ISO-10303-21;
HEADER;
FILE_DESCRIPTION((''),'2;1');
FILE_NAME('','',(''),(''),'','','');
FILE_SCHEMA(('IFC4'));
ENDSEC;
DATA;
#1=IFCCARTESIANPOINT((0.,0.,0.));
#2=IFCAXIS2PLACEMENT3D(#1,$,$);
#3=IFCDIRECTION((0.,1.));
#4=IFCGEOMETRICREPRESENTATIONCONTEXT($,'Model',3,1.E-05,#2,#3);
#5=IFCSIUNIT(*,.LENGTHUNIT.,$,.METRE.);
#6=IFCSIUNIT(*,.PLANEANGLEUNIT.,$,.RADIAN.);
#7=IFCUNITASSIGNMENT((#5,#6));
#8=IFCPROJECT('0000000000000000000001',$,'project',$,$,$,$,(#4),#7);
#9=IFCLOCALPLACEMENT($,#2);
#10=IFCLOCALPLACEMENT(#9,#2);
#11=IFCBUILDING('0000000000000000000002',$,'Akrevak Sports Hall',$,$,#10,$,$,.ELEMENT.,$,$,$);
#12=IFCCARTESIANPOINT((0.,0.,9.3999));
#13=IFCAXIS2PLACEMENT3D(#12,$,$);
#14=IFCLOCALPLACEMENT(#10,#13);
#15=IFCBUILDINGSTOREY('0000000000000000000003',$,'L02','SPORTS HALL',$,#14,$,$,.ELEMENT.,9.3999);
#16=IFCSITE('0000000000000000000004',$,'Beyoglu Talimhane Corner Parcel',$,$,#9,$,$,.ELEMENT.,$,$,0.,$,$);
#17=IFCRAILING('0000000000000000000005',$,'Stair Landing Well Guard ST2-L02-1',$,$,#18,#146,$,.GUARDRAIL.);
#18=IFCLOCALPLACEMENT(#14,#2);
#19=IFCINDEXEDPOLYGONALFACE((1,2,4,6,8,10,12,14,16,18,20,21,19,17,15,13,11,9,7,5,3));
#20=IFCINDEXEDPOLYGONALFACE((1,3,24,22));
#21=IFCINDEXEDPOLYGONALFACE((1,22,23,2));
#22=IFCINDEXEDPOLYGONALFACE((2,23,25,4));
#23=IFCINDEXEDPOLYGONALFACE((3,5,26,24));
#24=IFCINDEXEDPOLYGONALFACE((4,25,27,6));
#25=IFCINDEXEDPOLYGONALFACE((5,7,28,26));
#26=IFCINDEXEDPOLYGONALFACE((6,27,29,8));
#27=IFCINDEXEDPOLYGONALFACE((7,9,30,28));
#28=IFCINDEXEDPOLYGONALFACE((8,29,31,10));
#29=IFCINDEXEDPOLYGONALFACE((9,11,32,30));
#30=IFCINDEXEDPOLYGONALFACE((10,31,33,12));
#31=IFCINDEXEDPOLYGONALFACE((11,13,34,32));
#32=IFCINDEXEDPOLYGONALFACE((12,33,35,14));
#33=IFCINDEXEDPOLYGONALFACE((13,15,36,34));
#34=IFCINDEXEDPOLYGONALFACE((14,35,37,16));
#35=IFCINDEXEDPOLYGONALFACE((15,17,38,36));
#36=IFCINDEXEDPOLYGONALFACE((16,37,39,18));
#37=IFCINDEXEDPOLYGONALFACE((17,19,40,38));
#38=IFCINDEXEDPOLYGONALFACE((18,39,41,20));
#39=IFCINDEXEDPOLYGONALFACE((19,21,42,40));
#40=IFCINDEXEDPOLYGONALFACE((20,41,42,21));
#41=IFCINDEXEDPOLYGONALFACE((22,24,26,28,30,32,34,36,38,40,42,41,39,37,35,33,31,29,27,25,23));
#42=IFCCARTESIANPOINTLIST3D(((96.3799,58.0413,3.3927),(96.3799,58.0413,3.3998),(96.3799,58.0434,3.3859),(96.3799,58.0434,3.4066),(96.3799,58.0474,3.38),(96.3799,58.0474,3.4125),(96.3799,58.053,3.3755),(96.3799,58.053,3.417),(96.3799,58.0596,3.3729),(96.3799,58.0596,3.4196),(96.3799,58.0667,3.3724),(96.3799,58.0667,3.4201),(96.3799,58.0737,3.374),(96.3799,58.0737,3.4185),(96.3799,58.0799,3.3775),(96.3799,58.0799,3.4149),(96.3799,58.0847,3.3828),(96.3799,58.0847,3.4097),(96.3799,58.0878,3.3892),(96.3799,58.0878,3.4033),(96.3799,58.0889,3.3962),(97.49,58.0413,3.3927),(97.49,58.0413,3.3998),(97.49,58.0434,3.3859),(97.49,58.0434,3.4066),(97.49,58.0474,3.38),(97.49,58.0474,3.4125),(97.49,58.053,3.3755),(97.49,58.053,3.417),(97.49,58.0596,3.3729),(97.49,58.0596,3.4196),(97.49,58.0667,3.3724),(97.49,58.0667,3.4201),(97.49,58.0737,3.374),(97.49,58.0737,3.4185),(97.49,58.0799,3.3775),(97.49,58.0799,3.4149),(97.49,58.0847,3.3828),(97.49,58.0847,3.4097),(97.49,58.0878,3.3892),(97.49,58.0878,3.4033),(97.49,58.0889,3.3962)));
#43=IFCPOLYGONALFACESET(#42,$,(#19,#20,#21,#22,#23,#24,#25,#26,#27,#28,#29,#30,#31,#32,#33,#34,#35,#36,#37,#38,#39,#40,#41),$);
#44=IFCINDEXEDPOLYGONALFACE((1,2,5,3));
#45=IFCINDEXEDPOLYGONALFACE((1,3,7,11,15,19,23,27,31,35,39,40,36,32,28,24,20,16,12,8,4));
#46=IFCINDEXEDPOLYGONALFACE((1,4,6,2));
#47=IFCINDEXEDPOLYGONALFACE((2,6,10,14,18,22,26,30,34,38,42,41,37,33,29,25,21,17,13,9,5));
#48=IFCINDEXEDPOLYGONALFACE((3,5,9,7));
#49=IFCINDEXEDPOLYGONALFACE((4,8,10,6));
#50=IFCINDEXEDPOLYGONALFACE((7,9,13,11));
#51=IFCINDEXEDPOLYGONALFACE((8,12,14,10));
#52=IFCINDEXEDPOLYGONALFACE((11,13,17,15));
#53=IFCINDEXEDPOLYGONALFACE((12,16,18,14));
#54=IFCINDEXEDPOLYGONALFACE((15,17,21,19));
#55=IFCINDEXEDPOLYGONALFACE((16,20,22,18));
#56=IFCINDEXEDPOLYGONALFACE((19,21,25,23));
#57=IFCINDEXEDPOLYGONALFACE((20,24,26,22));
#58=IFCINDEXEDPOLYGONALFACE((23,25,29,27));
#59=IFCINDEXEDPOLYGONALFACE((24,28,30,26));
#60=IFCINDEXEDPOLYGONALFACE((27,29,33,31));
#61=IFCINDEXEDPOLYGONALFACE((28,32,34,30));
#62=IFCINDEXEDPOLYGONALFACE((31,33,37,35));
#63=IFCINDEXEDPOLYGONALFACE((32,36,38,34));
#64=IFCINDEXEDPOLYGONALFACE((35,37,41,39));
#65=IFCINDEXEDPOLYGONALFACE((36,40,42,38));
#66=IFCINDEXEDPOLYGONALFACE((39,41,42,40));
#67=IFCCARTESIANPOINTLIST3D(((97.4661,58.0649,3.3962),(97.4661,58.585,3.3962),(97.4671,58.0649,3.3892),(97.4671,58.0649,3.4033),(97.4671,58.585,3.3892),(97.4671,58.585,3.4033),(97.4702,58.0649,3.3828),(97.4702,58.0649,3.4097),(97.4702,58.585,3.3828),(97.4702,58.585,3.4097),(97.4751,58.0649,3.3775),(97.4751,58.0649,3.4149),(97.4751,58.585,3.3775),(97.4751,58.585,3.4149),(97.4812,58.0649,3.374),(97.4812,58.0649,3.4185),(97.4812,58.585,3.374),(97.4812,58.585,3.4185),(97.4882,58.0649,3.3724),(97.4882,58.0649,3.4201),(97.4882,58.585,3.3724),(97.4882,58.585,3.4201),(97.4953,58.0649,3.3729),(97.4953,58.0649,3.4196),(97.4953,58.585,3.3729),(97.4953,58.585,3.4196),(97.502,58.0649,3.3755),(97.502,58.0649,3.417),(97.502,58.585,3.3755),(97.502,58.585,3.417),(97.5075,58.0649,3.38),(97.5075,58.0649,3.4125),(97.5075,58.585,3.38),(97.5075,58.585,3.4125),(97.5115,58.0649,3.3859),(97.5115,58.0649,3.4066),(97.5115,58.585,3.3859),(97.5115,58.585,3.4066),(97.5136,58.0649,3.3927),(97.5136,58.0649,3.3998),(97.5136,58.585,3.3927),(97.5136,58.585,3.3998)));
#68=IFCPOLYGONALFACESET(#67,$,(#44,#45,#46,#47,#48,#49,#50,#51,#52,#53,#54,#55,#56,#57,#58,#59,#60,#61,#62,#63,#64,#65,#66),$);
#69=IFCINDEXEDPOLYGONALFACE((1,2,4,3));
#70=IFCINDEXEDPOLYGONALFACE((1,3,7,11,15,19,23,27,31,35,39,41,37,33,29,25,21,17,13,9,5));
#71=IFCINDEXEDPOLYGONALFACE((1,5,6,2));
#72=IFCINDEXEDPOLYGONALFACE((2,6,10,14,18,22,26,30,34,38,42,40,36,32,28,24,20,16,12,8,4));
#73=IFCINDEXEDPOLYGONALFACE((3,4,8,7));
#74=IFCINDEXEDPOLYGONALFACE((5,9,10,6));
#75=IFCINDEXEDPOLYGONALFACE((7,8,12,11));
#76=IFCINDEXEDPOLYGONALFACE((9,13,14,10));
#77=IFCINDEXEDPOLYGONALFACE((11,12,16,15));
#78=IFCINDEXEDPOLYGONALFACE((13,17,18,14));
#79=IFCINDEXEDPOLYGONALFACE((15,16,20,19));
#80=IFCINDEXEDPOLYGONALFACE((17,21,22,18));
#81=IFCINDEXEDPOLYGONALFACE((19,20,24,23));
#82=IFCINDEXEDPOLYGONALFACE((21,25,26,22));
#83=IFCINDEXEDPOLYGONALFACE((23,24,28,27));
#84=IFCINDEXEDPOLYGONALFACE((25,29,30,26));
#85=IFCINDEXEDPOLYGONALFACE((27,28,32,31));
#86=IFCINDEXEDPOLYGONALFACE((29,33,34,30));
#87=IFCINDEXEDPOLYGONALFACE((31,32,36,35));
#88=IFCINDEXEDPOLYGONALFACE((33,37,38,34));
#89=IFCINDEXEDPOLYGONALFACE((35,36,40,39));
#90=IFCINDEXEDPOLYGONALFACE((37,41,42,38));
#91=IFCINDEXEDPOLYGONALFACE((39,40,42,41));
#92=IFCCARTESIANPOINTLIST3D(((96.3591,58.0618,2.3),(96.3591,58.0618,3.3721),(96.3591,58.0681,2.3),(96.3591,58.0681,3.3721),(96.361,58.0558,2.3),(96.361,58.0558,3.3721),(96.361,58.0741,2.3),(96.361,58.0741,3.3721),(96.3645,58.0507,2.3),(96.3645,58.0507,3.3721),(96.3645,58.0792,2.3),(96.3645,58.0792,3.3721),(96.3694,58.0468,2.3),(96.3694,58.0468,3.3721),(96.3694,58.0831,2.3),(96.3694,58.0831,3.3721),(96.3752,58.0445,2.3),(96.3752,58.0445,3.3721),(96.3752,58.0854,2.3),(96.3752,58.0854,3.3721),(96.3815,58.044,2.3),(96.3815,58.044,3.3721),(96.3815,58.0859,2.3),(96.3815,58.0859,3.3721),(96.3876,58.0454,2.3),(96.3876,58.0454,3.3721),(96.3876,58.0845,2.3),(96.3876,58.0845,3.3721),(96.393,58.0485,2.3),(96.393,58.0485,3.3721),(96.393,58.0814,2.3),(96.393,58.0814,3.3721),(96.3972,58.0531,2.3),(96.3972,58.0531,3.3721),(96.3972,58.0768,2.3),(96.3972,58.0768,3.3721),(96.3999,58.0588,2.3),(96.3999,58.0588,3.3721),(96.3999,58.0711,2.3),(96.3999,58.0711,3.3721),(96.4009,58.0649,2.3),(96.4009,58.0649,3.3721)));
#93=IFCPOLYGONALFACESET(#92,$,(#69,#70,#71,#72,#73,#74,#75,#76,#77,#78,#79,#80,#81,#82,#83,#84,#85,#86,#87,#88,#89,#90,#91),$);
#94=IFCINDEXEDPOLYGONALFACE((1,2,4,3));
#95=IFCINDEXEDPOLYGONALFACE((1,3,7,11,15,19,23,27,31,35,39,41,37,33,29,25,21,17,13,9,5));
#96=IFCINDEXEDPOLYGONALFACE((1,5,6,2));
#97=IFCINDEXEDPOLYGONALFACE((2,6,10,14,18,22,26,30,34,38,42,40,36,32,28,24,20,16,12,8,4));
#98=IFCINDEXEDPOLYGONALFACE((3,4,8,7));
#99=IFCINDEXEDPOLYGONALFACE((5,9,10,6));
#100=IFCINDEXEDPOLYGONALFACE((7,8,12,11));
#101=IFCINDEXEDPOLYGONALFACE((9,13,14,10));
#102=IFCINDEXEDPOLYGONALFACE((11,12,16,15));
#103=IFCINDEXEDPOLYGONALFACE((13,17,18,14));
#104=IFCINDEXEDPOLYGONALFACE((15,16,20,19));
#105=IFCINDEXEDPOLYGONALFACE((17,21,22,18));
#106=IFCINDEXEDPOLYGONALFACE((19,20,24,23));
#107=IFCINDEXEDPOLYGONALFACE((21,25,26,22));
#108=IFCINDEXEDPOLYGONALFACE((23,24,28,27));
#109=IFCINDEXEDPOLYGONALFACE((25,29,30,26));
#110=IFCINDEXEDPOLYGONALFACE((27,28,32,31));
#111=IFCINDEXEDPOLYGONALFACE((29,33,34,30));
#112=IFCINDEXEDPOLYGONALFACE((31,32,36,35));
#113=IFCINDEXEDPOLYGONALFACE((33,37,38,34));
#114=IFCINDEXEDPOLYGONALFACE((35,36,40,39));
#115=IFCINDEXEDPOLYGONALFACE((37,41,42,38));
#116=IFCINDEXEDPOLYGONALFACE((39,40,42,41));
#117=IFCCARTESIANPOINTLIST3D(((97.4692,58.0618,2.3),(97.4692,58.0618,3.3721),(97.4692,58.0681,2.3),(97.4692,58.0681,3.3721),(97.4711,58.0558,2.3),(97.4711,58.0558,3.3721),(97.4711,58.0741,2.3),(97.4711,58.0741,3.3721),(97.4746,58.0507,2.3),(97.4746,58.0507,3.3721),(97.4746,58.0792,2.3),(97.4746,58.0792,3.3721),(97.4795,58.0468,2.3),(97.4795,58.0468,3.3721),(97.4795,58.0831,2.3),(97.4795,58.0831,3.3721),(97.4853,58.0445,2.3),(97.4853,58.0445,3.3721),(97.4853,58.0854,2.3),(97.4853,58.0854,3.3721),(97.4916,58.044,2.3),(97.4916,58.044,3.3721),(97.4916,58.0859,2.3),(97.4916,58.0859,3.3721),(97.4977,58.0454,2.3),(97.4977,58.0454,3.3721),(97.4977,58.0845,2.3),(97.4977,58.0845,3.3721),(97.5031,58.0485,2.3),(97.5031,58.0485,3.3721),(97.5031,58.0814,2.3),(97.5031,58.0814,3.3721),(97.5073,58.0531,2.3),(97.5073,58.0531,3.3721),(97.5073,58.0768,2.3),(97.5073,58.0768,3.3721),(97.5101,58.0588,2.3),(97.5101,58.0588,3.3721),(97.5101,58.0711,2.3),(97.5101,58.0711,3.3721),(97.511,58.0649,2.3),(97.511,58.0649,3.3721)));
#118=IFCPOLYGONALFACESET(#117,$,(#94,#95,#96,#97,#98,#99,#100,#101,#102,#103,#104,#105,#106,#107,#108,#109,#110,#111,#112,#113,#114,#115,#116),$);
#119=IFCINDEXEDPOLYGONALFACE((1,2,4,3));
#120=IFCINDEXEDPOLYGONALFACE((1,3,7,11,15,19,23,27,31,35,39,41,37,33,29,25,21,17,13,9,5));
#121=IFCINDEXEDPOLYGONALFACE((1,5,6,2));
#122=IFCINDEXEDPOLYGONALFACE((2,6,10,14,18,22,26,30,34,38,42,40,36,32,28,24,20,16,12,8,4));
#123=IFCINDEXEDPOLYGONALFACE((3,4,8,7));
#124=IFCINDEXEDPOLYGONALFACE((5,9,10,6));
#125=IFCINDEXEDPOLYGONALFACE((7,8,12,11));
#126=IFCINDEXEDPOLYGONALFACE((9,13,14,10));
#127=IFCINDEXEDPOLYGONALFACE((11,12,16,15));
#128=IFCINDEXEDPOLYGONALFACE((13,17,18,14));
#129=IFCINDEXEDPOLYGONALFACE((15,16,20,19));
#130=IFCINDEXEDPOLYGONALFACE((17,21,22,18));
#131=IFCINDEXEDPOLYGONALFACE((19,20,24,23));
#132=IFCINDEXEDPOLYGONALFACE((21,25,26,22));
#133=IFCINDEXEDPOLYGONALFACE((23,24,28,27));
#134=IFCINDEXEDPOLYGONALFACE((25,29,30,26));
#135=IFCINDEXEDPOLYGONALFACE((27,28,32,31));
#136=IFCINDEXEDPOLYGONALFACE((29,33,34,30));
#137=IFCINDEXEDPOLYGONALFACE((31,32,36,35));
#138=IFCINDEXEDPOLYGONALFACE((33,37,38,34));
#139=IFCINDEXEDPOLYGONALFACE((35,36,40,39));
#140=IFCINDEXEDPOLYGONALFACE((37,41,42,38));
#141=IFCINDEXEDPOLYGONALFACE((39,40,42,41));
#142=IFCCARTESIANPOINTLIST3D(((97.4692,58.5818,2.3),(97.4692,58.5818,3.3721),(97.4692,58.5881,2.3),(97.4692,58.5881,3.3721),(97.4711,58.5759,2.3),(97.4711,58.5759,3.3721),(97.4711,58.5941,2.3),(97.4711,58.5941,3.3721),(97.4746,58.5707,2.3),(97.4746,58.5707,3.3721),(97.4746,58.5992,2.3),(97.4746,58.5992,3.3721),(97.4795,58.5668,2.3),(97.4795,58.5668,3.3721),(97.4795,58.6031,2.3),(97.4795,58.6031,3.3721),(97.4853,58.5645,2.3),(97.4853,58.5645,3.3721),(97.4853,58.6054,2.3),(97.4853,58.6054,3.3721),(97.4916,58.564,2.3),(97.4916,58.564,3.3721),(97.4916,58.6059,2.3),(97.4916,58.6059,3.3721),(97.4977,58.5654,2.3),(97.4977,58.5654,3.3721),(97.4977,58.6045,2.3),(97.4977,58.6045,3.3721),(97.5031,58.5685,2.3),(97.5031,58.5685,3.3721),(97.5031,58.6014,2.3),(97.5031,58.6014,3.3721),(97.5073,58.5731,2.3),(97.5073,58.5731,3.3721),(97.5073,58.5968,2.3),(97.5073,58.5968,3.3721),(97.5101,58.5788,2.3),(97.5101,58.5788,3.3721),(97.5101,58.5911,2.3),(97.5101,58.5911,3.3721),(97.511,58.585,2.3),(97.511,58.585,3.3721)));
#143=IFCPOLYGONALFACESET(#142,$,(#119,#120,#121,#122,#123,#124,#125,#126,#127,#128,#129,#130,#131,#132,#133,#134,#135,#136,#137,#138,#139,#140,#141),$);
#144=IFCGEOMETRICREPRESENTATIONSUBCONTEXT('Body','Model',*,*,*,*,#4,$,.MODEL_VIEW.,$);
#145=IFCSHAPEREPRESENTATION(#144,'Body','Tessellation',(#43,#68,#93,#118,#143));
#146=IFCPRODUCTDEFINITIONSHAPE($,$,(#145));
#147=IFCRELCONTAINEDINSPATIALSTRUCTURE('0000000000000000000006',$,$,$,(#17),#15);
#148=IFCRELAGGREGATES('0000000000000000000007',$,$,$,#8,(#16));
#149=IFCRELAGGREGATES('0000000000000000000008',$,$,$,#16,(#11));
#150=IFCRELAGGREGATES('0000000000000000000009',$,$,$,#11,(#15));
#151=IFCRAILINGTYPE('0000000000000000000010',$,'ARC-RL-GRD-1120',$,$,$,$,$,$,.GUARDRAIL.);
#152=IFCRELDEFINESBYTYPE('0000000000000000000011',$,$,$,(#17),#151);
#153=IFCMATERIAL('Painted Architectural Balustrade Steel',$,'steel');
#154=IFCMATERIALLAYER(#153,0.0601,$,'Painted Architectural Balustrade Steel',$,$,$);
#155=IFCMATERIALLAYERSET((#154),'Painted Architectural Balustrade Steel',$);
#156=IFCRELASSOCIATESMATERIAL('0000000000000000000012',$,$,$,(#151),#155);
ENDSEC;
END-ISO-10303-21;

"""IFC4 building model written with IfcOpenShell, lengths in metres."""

from ifc_helpers import new_model, si_unit, direction, frame, origin, origin_2d, place, context, subcontext, project, spatial, circle, extrude, material, layer, layer_set, type_object, element, save


model = new_model("IFC4")

# Units and contexts
model_context = context("Model", 3, precision=1e-05, world=origin(), true_north=direction((0.0, 1.0)))
body_context = subcontext(model_context, "Body", "Model", "MODEL_VIEW")
ifc_project = project(units=[si_unit("LENGTHUNIT", "METRE"), si_unit("PLANEANGLEUNIT", "RADIAN")], contexts=[model_context])

# Site, building, storey
site_placement = place(None, origin())
site = spatial("IfcSite", under=ifc_project, at=site_placement, Name="Beyoglu Talimhane Corner Parcel", CompositionType="ELEMENT", RefElevation=0.0)
building_placement = place(site_placement, origin())
building = spatial("IfcBuilding", under=site, at=building_placement, Name="Akrevak Sports Hall", CompositionType="ELEMENT")
storey_placement = place(building_placement, frame((0.0, 0.0, 9.3999)))
storey = spatial("IfcBuildingStorey", under=building, at=storey_placement, Name="L02", Description="SPORTS HALL", CompositionType="ELEMENT", Elevation=9.3999)

# Railing
ifc_material_1 = material(Name="Painted Architectural Balustrade Steel", Category="steel")
ifc_layer_1 = layer(ifc_material_1, 0.0601, Name="Painted Architectural Balustrade Steel")
ifc_layer_set_1 = layer_set([ifc_layer_1], Name="Painted Architectural Balustrade Steel")
railing_type_1 = type_object("IfcRailingType", Name="ARC-RL-GRD-1120", PredefinedType="GUARDRAIL", material=ifc_layer_set_1)
railing_1_placement = place(storey_placement, frame((96.3799, 58.0649, 2.3)))
element("IfcRailing", 1, at=railing_1_placement, inside=storey, type_object=railing_type_1, Name="Stair Landing Well Guard ST2-L02-1", PredefinedType="GUARDRAIL", context=body_context, shape_type="SweptSolid", body=[
    extrude(circle(Radius=0.0239, at=origin_2d()), frame((0.0, 0.0, 1.0962), z_axis=(1.0, 0.0, 0.0), x_axis=(0.0, 1.0, 0.0)), (0.0, 0.0, 1.0), 1.1101),
    extrude(circle(Radius=0.0239, at=origin_2d()), frame((1.1101, 0.0, 1.0962), z_axis=(0.0, 1.0, 0.0), x_axis=(-1.0, 0.0, 0.0)), (0.0, 0.0, 1.0), 0.52),
    extrude(circle(Radius=0.021, at=origin_2d()), origin(), (0.0, 0.0, 1.0), 1.072),
    extrude(circle(Radius=0.021, at=origin_2d()), frame((1.1101, 0.0, 0.0)), (0.0, 0.0, 1.0), 1.072),
    extrude(circle(Radius=0.021, at=origin_2d()), frame((1.1101, 0.52, 0.0)), (0.0, 0.0, 1.0), 1.072),
])

save(model, "model.ifc")
